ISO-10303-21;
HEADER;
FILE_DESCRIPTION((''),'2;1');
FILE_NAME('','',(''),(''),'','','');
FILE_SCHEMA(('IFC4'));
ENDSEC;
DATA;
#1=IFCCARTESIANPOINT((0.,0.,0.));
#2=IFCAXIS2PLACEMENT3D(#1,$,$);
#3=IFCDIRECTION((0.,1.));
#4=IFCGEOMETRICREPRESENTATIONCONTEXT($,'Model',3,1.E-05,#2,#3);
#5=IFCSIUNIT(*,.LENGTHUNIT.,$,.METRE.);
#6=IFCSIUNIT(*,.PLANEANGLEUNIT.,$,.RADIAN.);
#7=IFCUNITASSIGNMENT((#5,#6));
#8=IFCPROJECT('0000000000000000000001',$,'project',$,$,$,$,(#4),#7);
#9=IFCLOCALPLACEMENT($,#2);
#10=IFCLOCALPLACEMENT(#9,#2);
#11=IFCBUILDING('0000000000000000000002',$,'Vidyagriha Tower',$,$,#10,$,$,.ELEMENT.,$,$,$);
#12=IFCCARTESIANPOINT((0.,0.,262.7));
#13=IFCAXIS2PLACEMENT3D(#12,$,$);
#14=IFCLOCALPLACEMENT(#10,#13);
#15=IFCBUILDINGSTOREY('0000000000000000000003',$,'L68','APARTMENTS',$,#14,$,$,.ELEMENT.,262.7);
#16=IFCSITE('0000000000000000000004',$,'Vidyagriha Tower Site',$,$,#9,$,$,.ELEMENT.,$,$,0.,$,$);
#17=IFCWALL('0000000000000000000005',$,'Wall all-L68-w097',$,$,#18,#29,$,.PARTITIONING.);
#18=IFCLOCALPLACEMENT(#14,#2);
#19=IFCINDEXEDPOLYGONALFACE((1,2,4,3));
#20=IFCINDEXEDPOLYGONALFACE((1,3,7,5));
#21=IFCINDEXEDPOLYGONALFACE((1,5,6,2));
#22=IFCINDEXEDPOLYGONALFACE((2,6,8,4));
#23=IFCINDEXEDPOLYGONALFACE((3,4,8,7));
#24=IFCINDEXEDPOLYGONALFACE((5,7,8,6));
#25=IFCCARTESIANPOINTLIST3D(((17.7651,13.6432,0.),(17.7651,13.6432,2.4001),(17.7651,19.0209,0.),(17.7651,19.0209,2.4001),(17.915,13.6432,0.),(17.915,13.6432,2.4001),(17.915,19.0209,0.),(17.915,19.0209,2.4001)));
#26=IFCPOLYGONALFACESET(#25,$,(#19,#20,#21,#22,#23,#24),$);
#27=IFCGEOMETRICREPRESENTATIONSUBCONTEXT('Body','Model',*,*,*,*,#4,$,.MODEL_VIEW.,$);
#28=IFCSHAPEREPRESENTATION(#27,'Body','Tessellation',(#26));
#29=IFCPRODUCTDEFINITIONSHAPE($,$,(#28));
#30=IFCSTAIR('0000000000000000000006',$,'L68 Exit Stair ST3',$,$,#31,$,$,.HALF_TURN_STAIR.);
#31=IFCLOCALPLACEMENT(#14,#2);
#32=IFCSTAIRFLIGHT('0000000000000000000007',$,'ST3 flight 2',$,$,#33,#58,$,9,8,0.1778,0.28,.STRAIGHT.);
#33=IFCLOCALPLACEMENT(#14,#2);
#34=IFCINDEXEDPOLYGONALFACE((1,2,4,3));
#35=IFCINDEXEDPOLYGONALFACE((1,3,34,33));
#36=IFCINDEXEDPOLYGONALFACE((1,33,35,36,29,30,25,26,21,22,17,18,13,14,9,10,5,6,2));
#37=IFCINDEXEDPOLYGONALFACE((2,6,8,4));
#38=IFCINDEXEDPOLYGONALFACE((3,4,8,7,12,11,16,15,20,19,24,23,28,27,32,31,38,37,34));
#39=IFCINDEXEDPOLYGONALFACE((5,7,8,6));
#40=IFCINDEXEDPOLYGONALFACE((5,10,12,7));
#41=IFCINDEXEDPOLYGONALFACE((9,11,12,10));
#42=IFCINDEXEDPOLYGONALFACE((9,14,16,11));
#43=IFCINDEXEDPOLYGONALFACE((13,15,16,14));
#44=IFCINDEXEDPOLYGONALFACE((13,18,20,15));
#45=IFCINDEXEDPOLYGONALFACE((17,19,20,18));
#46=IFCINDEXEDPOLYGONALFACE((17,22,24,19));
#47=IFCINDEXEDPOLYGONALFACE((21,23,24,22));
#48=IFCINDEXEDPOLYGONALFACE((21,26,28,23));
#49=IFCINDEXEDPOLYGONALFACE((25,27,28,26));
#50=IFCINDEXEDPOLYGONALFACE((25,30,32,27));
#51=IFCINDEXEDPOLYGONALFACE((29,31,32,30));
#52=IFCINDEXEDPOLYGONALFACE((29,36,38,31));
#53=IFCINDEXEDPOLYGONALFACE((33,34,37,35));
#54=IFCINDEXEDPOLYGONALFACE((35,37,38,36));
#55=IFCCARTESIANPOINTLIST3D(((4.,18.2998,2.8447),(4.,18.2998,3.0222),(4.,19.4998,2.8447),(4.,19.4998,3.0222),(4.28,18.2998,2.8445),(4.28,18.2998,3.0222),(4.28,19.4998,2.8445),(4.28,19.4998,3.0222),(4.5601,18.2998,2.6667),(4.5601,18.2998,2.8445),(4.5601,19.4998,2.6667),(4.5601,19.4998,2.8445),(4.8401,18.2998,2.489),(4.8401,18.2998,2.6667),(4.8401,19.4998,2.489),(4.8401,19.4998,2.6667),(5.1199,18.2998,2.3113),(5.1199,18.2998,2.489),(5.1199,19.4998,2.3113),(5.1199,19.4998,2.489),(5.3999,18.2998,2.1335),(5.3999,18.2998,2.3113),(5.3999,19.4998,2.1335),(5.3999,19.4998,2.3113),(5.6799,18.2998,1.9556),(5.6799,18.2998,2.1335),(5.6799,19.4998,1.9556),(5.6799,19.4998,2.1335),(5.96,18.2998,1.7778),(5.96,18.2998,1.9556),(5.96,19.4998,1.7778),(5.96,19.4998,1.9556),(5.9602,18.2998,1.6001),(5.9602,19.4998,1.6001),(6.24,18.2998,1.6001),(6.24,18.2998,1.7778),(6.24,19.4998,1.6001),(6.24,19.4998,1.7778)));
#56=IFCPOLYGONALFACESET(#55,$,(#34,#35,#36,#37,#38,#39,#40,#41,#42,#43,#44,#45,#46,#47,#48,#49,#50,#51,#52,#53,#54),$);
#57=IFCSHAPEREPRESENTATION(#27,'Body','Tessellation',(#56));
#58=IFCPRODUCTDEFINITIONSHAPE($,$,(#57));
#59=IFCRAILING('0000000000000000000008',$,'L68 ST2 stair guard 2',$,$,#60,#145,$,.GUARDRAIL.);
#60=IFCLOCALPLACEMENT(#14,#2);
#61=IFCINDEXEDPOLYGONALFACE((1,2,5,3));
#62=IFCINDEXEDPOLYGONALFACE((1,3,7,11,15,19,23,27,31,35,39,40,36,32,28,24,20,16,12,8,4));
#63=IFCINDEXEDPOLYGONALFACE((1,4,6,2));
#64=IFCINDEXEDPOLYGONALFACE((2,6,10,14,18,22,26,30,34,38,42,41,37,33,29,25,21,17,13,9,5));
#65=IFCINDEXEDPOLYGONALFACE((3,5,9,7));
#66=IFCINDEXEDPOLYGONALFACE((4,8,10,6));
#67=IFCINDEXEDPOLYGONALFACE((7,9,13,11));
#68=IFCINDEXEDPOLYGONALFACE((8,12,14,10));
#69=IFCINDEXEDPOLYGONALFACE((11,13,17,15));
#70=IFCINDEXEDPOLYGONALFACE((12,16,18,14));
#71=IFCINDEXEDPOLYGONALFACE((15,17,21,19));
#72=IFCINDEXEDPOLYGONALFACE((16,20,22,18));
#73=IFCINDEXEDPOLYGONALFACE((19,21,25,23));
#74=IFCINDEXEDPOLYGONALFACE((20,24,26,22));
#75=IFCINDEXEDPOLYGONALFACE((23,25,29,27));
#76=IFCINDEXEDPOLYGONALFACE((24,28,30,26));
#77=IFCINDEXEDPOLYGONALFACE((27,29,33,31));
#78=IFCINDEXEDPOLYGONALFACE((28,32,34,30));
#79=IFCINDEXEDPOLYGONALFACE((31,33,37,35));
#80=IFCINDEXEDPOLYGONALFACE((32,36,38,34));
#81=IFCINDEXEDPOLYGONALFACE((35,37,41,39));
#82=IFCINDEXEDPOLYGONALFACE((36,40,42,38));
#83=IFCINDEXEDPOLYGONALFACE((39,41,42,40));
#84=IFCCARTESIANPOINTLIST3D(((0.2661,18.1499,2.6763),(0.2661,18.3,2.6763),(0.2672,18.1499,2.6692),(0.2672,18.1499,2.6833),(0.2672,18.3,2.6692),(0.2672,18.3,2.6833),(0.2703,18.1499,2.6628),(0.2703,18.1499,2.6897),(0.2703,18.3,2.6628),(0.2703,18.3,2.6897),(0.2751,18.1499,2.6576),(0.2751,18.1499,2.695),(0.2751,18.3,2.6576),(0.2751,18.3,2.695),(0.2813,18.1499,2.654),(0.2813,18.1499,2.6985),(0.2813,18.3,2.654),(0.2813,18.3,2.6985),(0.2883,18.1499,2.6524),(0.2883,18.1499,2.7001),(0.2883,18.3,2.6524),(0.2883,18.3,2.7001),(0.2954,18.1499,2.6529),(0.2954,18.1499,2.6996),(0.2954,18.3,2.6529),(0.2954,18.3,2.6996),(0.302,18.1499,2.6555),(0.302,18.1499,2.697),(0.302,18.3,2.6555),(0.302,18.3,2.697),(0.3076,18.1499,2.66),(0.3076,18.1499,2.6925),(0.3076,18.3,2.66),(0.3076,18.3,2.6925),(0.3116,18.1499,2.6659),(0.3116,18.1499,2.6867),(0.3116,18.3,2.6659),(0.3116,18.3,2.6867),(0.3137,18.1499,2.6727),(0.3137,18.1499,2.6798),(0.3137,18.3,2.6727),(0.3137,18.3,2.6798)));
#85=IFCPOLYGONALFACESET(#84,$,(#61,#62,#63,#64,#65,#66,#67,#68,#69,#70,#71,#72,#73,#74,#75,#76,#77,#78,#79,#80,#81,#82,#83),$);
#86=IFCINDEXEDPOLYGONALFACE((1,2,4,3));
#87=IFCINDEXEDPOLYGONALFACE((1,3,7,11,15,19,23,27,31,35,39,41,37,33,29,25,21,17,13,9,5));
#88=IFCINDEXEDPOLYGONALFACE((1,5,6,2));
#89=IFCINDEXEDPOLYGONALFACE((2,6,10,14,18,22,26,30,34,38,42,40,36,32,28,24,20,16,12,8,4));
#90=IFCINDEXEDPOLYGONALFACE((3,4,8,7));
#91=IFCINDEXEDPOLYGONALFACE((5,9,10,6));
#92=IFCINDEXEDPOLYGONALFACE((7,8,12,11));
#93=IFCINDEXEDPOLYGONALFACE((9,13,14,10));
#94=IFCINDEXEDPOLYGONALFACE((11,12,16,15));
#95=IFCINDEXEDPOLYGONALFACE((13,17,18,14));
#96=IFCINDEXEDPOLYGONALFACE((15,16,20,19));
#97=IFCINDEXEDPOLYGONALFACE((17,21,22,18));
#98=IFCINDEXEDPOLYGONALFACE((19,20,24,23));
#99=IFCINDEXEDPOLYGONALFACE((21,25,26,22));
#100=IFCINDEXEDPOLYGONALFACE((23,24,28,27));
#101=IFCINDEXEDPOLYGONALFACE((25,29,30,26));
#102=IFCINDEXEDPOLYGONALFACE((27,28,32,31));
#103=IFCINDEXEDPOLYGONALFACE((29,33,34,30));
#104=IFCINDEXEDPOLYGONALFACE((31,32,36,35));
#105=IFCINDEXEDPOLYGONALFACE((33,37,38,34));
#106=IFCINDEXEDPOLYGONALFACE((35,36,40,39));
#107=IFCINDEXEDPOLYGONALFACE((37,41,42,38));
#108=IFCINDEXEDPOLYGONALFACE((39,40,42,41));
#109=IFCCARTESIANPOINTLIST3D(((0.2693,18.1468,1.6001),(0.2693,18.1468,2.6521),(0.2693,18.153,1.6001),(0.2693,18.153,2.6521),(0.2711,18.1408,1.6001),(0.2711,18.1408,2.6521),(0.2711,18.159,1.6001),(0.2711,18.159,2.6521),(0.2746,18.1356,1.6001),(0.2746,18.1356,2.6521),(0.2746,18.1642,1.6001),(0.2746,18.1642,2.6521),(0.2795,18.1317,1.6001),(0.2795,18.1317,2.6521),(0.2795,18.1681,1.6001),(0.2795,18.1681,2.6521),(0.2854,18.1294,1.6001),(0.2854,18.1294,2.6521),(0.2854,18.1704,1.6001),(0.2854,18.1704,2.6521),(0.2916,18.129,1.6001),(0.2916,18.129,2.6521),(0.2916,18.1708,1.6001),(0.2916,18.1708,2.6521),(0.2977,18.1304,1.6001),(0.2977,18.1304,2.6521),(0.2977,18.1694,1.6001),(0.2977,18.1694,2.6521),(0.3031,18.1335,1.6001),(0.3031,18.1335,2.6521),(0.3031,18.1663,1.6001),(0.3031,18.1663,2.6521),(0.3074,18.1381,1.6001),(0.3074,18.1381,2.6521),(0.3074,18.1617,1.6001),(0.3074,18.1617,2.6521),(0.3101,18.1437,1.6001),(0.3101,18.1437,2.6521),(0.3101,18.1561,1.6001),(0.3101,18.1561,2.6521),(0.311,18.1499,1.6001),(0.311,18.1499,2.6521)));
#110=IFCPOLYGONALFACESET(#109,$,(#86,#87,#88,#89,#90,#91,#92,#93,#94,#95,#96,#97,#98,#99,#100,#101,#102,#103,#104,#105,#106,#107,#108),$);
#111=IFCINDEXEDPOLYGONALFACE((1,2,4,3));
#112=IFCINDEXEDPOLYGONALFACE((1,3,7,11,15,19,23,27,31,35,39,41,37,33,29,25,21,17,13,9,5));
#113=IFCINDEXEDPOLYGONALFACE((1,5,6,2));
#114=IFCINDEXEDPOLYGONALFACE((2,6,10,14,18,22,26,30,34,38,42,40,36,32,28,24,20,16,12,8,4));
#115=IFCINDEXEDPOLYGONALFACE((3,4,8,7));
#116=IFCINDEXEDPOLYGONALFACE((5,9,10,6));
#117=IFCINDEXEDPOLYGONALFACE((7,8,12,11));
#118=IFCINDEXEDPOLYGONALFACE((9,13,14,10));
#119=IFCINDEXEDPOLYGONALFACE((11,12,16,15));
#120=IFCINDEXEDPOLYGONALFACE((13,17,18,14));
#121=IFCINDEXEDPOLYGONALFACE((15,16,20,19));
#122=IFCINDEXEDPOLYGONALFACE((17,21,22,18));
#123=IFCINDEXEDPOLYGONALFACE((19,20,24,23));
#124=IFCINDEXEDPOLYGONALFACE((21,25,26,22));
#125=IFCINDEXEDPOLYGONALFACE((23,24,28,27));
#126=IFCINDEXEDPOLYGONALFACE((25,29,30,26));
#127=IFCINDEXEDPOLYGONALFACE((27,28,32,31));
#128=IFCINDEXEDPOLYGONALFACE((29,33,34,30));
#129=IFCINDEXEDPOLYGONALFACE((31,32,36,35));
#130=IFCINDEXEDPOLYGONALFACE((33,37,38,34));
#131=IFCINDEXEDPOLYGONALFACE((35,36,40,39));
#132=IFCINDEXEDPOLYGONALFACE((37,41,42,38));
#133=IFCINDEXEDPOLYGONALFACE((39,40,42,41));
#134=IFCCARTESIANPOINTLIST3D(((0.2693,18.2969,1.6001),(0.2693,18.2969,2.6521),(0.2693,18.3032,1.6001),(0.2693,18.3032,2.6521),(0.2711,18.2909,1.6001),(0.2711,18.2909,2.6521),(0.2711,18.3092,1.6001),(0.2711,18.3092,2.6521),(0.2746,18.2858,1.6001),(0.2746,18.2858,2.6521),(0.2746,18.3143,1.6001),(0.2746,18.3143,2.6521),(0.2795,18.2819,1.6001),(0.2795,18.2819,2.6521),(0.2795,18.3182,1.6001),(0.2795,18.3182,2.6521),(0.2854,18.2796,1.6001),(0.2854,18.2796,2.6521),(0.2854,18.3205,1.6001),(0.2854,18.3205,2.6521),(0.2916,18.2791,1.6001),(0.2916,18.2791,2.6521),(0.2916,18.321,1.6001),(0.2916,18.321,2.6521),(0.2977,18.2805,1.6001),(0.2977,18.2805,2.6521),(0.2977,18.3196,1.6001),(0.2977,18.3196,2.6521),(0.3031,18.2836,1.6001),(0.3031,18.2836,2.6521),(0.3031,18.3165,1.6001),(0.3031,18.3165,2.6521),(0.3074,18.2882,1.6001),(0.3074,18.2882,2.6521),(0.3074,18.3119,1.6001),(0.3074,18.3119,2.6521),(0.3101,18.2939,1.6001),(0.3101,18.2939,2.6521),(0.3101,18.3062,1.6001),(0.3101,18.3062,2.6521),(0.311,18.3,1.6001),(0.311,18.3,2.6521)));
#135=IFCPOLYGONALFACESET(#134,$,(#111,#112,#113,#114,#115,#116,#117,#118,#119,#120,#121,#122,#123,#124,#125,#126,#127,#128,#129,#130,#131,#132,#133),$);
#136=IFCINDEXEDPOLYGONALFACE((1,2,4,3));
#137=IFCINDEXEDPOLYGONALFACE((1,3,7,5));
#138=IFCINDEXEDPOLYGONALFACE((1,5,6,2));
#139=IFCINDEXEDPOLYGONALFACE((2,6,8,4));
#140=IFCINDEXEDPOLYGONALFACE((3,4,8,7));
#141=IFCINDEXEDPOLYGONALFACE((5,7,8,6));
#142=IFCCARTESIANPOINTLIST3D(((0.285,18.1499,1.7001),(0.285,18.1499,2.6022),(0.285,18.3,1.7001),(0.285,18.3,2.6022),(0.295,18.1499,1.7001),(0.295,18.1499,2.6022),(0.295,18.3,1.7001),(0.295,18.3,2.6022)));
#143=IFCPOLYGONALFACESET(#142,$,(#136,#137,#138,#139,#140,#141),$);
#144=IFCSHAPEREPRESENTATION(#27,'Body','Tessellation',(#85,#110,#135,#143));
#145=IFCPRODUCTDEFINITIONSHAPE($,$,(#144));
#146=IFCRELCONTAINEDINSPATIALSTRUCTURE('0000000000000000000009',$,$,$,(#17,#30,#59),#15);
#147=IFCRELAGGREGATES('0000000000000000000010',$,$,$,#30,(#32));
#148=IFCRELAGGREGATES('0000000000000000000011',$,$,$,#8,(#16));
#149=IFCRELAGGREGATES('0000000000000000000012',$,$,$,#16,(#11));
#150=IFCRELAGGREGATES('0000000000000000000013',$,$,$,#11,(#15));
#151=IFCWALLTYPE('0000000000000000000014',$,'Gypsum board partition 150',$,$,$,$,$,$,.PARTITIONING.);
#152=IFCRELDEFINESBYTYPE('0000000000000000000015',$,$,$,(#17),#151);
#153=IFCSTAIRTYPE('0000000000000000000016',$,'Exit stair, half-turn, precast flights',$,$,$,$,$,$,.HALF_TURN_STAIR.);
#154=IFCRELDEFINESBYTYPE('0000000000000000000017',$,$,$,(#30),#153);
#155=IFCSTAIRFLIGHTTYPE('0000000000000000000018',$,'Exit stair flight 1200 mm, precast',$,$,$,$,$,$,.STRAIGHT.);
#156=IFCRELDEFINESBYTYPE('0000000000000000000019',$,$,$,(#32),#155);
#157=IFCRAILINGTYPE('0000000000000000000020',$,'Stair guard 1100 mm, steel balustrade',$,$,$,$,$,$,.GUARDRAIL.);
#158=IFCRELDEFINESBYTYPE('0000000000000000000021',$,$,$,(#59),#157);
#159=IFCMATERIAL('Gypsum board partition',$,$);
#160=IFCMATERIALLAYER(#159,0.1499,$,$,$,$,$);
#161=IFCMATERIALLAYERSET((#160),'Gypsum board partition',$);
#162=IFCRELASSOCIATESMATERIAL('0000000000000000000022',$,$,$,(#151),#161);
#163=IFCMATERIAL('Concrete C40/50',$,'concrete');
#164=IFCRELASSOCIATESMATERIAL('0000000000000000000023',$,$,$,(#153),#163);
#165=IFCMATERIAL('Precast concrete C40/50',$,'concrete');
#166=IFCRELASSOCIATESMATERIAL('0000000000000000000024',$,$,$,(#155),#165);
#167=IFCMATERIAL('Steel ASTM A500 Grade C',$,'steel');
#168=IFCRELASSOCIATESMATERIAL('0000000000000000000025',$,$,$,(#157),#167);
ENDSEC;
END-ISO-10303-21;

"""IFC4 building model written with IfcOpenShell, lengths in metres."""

from ifc_helpers import new_model, si_unit, direction, frame, frame_2d, origin, origin_2d, place, context, subcontext, project, spatial, polyline, rectangle, circle, outline, extrude, material, layer, layer_set, type_object, element, aggregate, save


model = new_model("IFC4")

# Units and contexts
model_context = context("Model", 3, precision=1e-05, world=origin(), true_north=direction((0.0, 1.0)))
body_context = subcontext(model_context, "Body", "Model", "MODEL_VIEW")
ifc_project = project(units=[si_unit("LENGTHUNIT", "METRE"), si_unit("PLANEANGLEUNIT", "RADIAN")], contexts=[model_context])

# Site, building, storey
site_placement = place(None, origin())
site = spatial("IfcSite", under=ifc_project, at=site_placement, Name="Vidyagriha Tower Site", CompositionType="ELEMENT", RefElevation=0.0)
building_placement = place(site_placement, origin())
building = spatial("IfcBuilding", under=site, at=building_placement, Name="Vidyagriha Tower", CompositionType="ELEMENT")
storey_placement = place(building_placement, frame((0.0, 0.0, 262.7)))
storey = spatial("IfcBuildingStorey", under=building, at=storey_placement, Name="L68", Description="APARTMENTS", CompositionType="ELEMENT", Elevation=262.7)

# Wall
ifc_material_1 = material(Name="Gypsum board partition")
ifc_layer_1 = layer(ifc_material_1, 0.1499)
ifc_layer_set_1 = layer_set([ifc_layer_1], Name="Gypsum board partition")
wall_type = type_object("IfcWallType", Name="Gypsum board partition 150", PredefinedType="PARTITIONING", material=ifc_layer_set_1)
wall_placement = place(storey_placement, frame((17.8401, 19.021, 0.0), z_axis=(0.0, 0.0, 1.0), x_axis=(0.0, -1.0, 0.0)))
element("IfcWall", 1, at=wall_placement, inside=storey, type_object=wall_type, Name="Wall all-L68-w097", PredefinedType="PARTITIONING", context=body_context, shape_type="SweptSolid", body=[
    extrude(rectangle(XDim=5.3777, YDim=0.1499, at=frame_2d((2.689, 0.0))), origin(), (0.0, 0.0, 1.0), 2.4001),
])

# Stair, stair flight
ifc_material_2 = material(Name="Concrete C40/50", Category="concrete")
stair_type = type_object("IfcStairType", Name="Exit stair, half-turn, precast flights", PredefinedType="HALF_TURN_STAIR", material=ifc_material_2)
stair_placement = place(storey_placement, origin())
stair = element("IfcStair", 2, at=stair_placement, inside=storey, type_object=stair_type, Name="L68 Exit Stair ST3", PredefinedType="HALF_TURN_STAIR")
ifc_material_3 = material(Name="Precast concrete C40/50", Category="concrete")
stair_flight_type = type_object("IfcStairFlightType", Name="Exit stair flight 1200 mm, precast", PredefinedType="STRAIGHT", material=ifc_material_3)
stair_flight_placement = place(storey_placement, frame((6.24, 18.8999, 1.6001), z_axis=(0.0, 0.0, 1.0), x_axis=(-1.0, 0.0, 0.0)))
stair_flight = element("IfcStairFlight", 3, at=stair_flight_placement, type_object=stair_flight_type, Name="ST3 flight 2", NumberOfRisers=9, NumberOfTreads=8, PredefinedType="STRAIGHT", RiserHeight=0.1778, TreadLength=0.28, context=body_context, shape_type="SweptSolid", body=[
    extrude(outline(polyline([(0.0, 0.0), (0.0, 0.1777), (0.28, 0.1777), (0.28, 0.3555), (0.5601, 0.3555), (0.5601, 0.5334), (0.8401, 0.5334), (0.8401, 0.7112), (1.1201, 0.7112), (1.1201, 0.8889), (1.3999, 0.8889), (1.3999, 1.0667), (1.6799, 1.0667), (1.6799, 1.2444), (1.96, 1.2444), (1.96, 1.4221), (2.24, 1.4221), (2.24, 1.6001), (2.24, 1.2446), (0.2798, 0.0), (0.0, 0.0)])), frame((0.0, 0.6001, 0.0), z_axis=(0.0, -1.0, 0.0), x_axis=(1.0, 0.0, 0.0)), (0.0, 0.0, 1.0), 1.2),
])
aggregate(stair, [stair_flight])

# Railing
ifc_material_4 = material(Name="Steel ASTM A500 Grade C", Category="steel")
railing_type_1 = type_object("IfcRailingType", Name="Stair guard 1100 mm, steel balustrade", PredefinedType="GUARDRAIL", material=ifc_material_4)
railing_1_placement = place(storey_placement, frame((0.29, 18.1499, 1.6001)))
element("IfcRailing", 4, at=railing_1_placement, inside=storey, type_object=railing_type_1, Name="L68 ST2 stair guard 2", PredefinedType="GUARDRAIL", context=body_context, shape_type="SweptSolid", body=[
    extrude(circle(Radius=0.0239, at=origin_2d()), frame((0.0, 0.0, 1.0762), z_axis=(0.0, 1.0, 0.0), x_axis=(-1.0, 0.0, 0.0)), (0.0, 0.0, 1.0), 0.1501),
    extrude(circle(Radius=0.021, at=origin_2d()), origin(), (0.0, 0.0, 1.0), 1.052),
    extrude(circle(Radius=0.021, at=origin_2d()), frame((0.0, 0.1501, 0.0)), (0.0, 0.0, 1.0), 1.052),
    extrude(rectangle(XDim=0.01, YDim=0.9021, at=origin_2d()), frame((0.0, 0.0, 0.551), z_axis=(0.0, 1.0, 0.0), x_axis=(-1.0, 0.0, 0.0)), (0.0, 0.0, 1.0), 0.1501),
])

save(model, "model.ifc")
